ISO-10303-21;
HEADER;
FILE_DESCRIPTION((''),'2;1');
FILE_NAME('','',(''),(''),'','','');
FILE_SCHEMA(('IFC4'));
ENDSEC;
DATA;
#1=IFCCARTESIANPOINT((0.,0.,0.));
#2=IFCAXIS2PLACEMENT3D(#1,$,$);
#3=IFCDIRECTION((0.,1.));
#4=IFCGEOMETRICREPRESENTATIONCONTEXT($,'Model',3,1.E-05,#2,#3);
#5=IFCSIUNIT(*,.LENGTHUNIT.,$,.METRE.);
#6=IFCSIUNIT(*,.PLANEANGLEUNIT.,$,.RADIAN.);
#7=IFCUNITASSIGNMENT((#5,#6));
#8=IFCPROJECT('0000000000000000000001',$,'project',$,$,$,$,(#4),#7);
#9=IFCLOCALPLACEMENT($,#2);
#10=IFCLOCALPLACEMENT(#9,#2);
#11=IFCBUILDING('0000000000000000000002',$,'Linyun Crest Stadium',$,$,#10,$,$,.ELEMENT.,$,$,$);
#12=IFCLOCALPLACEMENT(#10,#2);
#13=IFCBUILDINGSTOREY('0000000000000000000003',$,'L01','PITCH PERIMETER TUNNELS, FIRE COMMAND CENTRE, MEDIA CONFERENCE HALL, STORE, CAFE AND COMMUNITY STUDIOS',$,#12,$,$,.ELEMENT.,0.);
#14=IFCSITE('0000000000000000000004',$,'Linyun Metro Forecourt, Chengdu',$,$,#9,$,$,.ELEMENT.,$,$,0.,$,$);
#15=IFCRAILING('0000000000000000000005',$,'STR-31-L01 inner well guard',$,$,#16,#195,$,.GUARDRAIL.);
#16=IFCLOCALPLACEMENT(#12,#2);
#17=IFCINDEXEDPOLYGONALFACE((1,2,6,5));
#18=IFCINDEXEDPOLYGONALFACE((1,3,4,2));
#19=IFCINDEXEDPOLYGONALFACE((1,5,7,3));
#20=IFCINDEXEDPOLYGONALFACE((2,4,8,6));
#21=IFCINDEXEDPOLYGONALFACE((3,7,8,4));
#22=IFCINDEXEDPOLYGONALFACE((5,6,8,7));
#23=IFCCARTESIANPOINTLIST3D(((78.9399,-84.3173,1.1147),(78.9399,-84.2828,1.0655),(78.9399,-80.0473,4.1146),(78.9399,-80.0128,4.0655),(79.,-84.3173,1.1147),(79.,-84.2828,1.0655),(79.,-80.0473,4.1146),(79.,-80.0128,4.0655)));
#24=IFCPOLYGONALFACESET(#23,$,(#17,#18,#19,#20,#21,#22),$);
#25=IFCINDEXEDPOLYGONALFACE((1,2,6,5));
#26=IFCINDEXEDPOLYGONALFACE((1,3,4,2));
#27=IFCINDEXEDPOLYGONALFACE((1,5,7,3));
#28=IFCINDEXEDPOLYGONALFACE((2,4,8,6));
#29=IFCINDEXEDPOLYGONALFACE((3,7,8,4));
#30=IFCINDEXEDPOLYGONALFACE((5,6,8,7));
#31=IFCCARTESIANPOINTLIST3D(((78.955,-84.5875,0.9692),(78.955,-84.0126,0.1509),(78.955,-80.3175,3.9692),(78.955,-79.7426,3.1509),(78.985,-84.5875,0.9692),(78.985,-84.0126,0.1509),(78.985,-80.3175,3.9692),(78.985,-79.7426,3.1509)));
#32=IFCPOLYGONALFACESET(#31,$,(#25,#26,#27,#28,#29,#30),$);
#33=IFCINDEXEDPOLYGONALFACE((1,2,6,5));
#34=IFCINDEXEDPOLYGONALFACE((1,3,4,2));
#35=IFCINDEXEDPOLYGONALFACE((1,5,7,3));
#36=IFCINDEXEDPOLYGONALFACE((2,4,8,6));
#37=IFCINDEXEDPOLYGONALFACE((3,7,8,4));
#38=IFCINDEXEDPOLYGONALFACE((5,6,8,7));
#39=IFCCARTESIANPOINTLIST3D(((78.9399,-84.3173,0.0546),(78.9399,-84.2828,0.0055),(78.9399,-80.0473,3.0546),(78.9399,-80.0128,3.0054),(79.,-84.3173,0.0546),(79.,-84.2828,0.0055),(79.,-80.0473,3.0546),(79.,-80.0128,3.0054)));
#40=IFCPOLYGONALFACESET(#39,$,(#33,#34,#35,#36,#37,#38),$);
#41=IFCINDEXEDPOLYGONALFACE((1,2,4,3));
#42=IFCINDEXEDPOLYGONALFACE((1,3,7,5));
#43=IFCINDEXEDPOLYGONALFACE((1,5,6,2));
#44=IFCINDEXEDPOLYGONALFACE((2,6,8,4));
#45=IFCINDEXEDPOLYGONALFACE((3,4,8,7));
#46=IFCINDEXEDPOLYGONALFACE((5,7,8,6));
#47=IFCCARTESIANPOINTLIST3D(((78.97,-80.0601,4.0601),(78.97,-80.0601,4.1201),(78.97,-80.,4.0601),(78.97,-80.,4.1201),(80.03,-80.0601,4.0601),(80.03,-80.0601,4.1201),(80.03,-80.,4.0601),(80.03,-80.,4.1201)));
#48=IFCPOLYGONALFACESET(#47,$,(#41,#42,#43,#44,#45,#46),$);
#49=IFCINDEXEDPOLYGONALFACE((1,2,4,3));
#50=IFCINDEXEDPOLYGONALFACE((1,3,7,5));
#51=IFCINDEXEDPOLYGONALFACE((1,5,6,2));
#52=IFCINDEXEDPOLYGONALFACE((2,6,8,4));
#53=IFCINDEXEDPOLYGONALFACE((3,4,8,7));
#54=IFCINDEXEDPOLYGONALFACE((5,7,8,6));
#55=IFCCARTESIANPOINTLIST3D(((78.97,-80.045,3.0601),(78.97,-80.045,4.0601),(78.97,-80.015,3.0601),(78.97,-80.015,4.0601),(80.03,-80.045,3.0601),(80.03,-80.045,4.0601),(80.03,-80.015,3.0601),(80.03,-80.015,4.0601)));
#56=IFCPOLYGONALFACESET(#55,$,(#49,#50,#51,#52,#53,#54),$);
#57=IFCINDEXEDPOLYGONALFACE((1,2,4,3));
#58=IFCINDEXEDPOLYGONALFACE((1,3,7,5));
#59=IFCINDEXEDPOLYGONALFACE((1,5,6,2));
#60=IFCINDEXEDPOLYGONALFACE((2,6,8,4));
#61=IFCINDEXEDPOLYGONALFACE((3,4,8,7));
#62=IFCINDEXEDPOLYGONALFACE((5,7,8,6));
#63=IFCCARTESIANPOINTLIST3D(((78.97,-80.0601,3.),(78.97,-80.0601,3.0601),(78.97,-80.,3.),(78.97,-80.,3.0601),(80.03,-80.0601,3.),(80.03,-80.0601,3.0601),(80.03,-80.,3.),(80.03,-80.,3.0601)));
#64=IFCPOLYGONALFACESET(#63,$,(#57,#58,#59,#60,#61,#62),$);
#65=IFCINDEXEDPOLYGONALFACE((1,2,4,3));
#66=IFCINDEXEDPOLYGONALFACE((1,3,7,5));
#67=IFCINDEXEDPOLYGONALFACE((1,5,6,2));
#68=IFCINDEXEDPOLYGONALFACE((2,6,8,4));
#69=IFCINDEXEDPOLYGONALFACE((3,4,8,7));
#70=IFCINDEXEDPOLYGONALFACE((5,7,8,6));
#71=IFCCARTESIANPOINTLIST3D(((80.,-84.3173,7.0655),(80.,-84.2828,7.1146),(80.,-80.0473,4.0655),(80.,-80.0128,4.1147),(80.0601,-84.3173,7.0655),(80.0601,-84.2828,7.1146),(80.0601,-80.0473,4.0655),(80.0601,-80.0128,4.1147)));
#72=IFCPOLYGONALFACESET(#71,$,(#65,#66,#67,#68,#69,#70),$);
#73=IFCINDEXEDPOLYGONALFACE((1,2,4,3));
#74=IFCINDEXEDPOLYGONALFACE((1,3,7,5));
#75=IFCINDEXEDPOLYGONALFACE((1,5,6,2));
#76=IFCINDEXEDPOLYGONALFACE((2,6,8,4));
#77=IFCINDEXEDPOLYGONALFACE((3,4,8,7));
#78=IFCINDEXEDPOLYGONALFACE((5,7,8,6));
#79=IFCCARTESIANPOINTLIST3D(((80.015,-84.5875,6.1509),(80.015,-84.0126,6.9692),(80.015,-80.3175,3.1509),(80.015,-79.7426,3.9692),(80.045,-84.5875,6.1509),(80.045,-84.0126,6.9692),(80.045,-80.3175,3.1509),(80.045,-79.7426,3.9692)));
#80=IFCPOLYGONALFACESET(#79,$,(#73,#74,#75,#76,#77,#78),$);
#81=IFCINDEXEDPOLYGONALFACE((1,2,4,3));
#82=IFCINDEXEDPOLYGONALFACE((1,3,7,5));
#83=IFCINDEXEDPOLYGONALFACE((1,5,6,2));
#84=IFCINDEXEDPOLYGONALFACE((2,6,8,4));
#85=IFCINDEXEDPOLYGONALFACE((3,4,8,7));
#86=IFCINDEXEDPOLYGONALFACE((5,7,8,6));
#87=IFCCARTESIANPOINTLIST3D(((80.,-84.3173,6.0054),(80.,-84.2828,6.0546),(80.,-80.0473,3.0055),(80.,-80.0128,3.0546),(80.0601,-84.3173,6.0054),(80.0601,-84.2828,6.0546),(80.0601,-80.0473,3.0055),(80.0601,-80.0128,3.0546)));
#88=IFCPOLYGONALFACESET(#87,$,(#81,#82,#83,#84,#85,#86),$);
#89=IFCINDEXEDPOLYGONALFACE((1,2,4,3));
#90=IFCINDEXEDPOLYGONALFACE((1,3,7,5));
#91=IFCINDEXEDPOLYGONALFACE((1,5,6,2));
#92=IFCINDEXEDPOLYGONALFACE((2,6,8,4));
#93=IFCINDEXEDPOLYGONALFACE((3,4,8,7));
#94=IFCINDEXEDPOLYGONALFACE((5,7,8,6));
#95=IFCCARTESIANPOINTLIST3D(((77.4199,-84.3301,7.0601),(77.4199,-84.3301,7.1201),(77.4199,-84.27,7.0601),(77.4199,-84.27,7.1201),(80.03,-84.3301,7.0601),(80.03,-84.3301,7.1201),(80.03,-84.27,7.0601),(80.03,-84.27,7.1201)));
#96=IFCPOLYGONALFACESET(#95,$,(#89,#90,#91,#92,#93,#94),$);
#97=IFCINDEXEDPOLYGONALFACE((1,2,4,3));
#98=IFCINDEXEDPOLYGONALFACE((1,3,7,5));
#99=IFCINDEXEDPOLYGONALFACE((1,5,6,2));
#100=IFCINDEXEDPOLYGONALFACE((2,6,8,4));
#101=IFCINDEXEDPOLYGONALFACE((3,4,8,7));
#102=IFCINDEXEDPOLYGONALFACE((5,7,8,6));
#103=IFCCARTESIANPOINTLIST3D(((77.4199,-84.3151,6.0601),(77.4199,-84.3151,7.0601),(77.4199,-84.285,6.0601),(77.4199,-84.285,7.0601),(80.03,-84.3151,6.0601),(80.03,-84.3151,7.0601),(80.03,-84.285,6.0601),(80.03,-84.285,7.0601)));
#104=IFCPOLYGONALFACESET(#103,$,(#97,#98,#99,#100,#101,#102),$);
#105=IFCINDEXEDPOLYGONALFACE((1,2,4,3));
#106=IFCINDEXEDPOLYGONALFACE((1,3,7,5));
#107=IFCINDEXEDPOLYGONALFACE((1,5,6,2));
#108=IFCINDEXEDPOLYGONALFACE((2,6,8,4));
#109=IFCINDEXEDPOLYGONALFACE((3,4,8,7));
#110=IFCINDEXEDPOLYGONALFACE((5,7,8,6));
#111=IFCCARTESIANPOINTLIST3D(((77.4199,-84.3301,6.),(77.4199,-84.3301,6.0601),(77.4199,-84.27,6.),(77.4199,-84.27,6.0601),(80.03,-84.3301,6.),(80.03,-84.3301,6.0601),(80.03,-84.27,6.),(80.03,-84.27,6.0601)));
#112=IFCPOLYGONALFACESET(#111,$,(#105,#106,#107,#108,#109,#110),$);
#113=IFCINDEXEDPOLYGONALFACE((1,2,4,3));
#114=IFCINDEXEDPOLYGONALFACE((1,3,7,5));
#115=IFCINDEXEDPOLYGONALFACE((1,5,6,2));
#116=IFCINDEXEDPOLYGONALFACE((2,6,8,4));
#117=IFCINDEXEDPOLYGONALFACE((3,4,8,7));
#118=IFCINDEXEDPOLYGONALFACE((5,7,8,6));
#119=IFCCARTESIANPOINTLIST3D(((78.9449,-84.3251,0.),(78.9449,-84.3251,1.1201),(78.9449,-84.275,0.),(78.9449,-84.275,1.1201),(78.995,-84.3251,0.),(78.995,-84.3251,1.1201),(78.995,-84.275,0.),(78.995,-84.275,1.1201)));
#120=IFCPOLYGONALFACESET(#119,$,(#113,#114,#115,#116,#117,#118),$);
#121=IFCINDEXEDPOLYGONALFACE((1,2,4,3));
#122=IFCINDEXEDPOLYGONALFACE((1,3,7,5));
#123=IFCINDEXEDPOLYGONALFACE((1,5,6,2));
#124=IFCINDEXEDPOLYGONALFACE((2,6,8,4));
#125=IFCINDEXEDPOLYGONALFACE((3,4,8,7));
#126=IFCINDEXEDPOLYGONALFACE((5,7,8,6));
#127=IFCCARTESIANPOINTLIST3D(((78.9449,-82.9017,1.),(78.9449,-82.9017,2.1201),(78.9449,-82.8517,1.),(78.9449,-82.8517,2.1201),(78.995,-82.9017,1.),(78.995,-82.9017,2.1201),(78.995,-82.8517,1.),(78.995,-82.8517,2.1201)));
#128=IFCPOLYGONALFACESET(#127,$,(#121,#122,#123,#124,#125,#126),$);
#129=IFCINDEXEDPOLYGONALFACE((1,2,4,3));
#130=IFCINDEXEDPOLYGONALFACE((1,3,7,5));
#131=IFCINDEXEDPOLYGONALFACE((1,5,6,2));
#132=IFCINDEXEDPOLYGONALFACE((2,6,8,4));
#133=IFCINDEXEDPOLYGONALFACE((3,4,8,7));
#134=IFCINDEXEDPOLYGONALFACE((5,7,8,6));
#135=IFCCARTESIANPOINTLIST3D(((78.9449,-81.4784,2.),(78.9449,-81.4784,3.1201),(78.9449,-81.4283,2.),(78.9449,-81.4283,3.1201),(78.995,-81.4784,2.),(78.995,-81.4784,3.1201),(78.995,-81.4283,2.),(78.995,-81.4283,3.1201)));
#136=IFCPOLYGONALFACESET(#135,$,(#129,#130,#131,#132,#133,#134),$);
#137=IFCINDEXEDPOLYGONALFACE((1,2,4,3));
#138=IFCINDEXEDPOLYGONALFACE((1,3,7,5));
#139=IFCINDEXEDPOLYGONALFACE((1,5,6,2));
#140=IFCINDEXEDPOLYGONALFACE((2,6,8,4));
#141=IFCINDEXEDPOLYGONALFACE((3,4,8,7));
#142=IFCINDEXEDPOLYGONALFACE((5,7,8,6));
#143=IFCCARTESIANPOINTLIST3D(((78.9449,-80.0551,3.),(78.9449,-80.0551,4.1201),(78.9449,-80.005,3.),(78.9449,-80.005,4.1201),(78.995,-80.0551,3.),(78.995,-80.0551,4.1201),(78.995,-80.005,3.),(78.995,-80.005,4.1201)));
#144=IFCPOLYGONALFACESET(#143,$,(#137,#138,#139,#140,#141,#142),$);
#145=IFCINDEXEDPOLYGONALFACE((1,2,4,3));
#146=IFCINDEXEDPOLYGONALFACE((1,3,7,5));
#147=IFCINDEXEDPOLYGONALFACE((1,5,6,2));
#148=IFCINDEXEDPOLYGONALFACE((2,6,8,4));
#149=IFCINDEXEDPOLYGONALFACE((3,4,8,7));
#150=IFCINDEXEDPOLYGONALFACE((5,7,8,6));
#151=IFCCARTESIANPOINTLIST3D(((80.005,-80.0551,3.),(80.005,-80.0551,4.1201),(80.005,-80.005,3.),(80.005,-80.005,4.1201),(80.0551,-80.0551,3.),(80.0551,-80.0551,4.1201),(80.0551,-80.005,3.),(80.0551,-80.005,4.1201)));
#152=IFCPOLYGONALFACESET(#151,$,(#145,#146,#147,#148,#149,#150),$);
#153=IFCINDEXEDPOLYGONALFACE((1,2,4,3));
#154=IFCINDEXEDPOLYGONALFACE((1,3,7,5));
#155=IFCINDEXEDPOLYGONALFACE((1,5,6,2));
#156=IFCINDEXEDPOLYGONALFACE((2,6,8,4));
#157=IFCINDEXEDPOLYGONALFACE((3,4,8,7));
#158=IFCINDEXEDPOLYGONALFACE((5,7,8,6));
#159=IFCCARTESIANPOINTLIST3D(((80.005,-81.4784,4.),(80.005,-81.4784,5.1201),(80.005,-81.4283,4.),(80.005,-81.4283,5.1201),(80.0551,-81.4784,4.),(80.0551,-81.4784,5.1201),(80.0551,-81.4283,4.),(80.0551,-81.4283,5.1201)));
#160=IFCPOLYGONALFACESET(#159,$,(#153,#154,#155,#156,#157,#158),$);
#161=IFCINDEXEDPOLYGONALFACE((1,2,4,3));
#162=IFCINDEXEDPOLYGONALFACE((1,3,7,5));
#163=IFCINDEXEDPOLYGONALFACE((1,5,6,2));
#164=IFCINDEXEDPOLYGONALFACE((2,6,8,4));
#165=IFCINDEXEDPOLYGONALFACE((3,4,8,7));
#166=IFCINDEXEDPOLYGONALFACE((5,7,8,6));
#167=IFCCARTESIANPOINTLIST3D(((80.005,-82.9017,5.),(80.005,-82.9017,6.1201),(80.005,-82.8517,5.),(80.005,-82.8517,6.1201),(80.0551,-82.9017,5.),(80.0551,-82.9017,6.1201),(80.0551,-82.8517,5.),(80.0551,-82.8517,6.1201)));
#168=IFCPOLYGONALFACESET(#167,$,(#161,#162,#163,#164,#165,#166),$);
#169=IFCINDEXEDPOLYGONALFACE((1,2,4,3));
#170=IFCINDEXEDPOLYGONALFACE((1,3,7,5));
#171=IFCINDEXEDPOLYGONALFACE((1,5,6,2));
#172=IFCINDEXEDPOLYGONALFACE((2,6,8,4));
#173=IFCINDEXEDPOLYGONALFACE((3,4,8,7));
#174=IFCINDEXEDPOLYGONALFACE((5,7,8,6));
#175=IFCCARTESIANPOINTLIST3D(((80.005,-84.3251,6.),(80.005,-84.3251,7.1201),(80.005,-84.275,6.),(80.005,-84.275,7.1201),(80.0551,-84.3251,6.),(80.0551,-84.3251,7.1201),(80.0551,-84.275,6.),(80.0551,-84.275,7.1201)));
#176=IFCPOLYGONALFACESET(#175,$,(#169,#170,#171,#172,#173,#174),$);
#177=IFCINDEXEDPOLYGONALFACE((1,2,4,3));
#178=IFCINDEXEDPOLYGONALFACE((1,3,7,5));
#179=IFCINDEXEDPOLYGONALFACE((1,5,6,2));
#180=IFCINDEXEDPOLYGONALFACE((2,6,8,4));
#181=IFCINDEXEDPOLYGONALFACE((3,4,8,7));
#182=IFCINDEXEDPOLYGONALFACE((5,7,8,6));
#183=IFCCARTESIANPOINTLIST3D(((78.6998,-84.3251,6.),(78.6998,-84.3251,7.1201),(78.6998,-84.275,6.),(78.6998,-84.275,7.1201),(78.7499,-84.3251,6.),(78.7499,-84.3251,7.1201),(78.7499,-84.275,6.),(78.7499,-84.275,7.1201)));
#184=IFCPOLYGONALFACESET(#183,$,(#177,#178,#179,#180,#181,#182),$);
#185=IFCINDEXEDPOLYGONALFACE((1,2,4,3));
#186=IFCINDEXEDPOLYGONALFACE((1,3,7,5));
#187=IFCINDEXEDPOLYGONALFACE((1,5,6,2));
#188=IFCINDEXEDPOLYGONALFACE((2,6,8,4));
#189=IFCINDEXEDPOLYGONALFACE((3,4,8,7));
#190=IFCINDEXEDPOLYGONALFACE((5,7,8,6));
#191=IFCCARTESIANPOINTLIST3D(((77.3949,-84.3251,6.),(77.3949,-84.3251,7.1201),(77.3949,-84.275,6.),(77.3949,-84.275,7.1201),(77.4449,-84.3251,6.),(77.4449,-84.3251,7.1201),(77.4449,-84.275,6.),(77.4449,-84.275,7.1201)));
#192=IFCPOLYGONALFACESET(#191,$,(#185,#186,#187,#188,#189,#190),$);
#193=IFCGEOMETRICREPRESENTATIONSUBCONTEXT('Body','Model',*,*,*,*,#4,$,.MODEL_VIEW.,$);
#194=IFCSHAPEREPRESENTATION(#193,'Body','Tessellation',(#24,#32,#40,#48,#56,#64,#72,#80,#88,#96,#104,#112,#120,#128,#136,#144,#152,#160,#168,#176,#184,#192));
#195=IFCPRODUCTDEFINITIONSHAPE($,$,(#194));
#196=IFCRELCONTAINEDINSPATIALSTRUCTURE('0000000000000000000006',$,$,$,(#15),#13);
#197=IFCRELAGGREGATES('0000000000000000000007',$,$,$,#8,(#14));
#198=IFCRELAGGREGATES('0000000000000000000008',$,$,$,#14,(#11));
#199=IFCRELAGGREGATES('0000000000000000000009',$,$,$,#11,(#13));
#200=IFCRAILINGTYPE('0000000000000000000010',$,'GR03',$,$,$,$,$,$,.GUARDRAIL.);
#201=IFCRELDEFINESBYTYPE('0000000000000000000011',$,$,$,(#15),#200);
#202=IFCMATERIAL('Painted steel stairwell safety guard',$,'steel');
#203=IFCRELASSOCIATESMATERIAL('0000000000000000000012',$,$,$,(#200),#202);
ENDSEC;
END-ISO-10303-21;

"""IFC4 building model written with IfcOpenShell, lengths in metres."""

from ifc_helpers import new_model, si_unit, direction, frame, origin, origin_2d, place, context, subcontext, project, spatial, rectangle, extrude, material, type_object, element, save


model = new_model("IFC4")

# Units and contexts
model_context = context("Model", 3, precision=1e-05, world=origin(), true_north=direction((0.0, 1.0)))
body_context = subcontext(model_context, "Body", "Model", "MODEL_VIEW")
ifc_project = project(units=[si_unit("LENGTHUNIT", "METRE"), si_unit("PLANEANGLEUNIT", "RADIAN")], contexts=[model_context])

# Site, building, storey
site_placement = place(None, origin())
site = spatial("IfcSite", under=ifc_project, at=site_placement, Name="Linyun Metro Forecourt, Chengdu", CompositionType="ELEMENT", RefElevation=0.0)
building_placement = place(site_placement, origin())
building = spatial("IfcBuilding", under=site, at=building_placement, Name="Linyun Crest Stadium", CompositionType="ELEMENT")
storey_placement = place(building_placement, origin())
storey = spatial("IfcBuildingStorey", under=building, at=storey_placement, Name="L01", Description="PITCH PERIMETER TUNNELS, FIRE COMMAND CENTRE, MEDIA CONFERENCE HALL, STORE, CAFE AND COMMUNITY STUDIOS", CompositionType="ELEMENT", Elevation=0.0)

# Railing
ifc_material_1 = material(Name="Painted steel stairwell safety guard", Category="steel")
railing_type_1 = type_object("IfcRailingType", Name="GR03", PredefinedType="GUARDRAIL", material=ifc_material_1)
railing_1_placement = place(storey_placement, frame((78.97, -84.3, 0.0)))
element("IfcRailing", 1, at=railing_1_placement, inside=storey, type_object=railing_type_1, Name="STR-31-L01 inner well guard", PredefinedType="GUARDRAIL", context=body_context, shape_type="SweptSolid", body=[
    extrude(rectangle(XDim=0.0601, YDim=0.0601, at=origin_2d()), frame((0.0, 0.0, 1.0901), z_axis=(0.0, 0.818242, 0.574874), x_axis=(-1.0, 0.0, 0.0)), (0.0, 0.0, 1.0), 5.2185),
    extrude(rectangle(XDim=0.03, YDim=1.0, at=origin_2d()), frame((0.0, 0.0, 0.5601), z_axis=(0.0, 0.818242, 0.574874), x_axis=(-1.0, 0.0, 0.0)), (0.0, 0.0, 1.0), 5.2185),
    extrude(rectangle(XDim=0.0601, YDim=0.0601, at=origin_2d()), frame((0.0, 0.0, 0.03), z_axis=(0.0, 0.818242, 0.574874), x_axis=(-1.0, 0.0, 0.0)), (0.0, 0.0, 1.0), 5.2185),
    extrude(rectangle(XDim=0.0601, YDim=0.0601, at=origin_2d()), frame((0.0, 4.27, 4.0901), z_axis=(1.0, 0.0, 0.0), x_axis=(0.0, 1.0, 0.0)), (0.0, 0.0, 1.0), 1.0601),
    extrude(rectangle(XDim=0.03, YDim=1.0, at=origin_2d()), frame((0.0, 4.27, 3.5601), z_axis=(1.0, 0.0, 0.0), x_axis=(0.0, 1.0, 0.0)), (0.0, 0.0, 1.0), 1.0601),
    extrude(rectangle(XDim=0.0601, YDim=0.0601, at=origin_2d()), frame((0.0, 4.27, 3.03), z_axis=(1.0, 0.0, 0.0), x_axis=(0.0, 1.0, 0.0)), (0.0, 0.0, 1.0), 1.0601),
    extrude(rectangle(XDim=0.0601, YDim=0.0601, at=origin_2d()), frame((1.0601, 4.27, 4.0901), z_axis=(0.0, -0.818242, 0.574874), x_axis=(1.0, 0.0, 0.0)), (0.0, 0.0, 1.0), 5.2185),
    extrude(rectangle(XDim=0.03, YDim=1.0, at=origin_2d()), frame((1.0601, 4.27, 3.5601), z_axis=(0.0, -0.818242, 0.574874), x_axis=(1.0, 0.0, 0.0)), (0.0, 0.0, 1.0), 5.2185),
    extrude(rectangle(XDim=0.0601, YDim=0.0601, at=origin_2d()), frame((1.0601, 4.27, 3.03), z_axis=(0.0, -0.818242, 0.574874), x_axis=(1.0, 0.0, 0.0)), (0.0, 0.0, 1.0), 5.2185),
    extrude(rectangle(XDim=0.0601, YDim=0.0601, at=origin_2d()), frame((1.0601, 0.0, 7.0901), z_axis=(-1.0, 0.0, 0.0), x_axis=(0.0, -1.0, 0.0)), (0.0, 0.0, 1.0), 2.6101),
    extrude(rectangle(XDim=0.03, YDim=1.0, at=origin_2d()), frame((1.0601, 0.0, 6.5601), z_axis=(-1.0, 0.0, 0.0), x_axis=(0.0, -1.0, 0.0)), (0.0, 0.0, 1.0), 2.6101),
    extrude(rectangle(XDim=0.0601, YDim=0.0601, at=origin_2d()), frame((1.0601, 0.0, 6.03), z_axis=(-1.0, 0.0, 0.0), x_axis=(0.0, -1.0, 0.0)), (0.0, 0.0, 1.0), 2.6101),
    extrude(rectangle(XDim=0.05, YDim=0.05, at=origin_2d()), origin(), (0.0, 0.0, 1.0), 1.1201),
    extrude(rectangle(XDim=0.05, YDim=0.05, at=origin_2d()), frame((0.0, 1.4233, 1.0)), (0.0, 0.0, 1.0), 1.1201),
    extrude(rectangle(XDim=0.05, YDim=0.05, at=origin_2d()), frame((0.0, 2.8467, 2.0)), (0.0, 0.0, 1.0), 1.1201),
    extrude(rectangle(XDim=0.05, YDim=0.05, at=origin_2d()), frame((0.0, 4.27, 3.0)), (0.0, 0.0, 1.0), 1.1201),
    extrude(rectangle(XDim=0.05, YDim=0.05, at=origin_2d()), frame((1.0601, 4.27, 3.0)), (0.0, 0.0, 1.0), 1.1201),
    extrude(rectangle(XDim=0.05, YDim=0.05, at=origin_2d()), frame((1.0601, 2.8467, 4.0)), (0.0, 0.0, 1.0), 1.1201),
    extrude(rectangle(XDim=0.05, YDim=0.05, at=origin_2d()), frame((1.0601, 1.4233, 5.0)), (0.0, 0.0, 1.0), 1.1201),
    extrude(rectangle(XDim=0.05, YDim=0.05, at=origin_2d()), frame((1.0601, 0.0, 6.0)), (0.0, 0.0, 1.0), 1.1201),
    extrude(rectangle(XDim=0.05, YDim=0.05, at=origin_2d()), frame((-0.2451, 0.0, 6.0)), (0.0, 0.0, 1.0), 1.1201),
    extrude(rectangle(XDim=0.05, YDim=0.05, at=origin_2d()), frame((-1.55, 0.0, 6.0)), (0.0, 0.0, 1.0), 1.1201),
])

save(model, "model.ifc")
